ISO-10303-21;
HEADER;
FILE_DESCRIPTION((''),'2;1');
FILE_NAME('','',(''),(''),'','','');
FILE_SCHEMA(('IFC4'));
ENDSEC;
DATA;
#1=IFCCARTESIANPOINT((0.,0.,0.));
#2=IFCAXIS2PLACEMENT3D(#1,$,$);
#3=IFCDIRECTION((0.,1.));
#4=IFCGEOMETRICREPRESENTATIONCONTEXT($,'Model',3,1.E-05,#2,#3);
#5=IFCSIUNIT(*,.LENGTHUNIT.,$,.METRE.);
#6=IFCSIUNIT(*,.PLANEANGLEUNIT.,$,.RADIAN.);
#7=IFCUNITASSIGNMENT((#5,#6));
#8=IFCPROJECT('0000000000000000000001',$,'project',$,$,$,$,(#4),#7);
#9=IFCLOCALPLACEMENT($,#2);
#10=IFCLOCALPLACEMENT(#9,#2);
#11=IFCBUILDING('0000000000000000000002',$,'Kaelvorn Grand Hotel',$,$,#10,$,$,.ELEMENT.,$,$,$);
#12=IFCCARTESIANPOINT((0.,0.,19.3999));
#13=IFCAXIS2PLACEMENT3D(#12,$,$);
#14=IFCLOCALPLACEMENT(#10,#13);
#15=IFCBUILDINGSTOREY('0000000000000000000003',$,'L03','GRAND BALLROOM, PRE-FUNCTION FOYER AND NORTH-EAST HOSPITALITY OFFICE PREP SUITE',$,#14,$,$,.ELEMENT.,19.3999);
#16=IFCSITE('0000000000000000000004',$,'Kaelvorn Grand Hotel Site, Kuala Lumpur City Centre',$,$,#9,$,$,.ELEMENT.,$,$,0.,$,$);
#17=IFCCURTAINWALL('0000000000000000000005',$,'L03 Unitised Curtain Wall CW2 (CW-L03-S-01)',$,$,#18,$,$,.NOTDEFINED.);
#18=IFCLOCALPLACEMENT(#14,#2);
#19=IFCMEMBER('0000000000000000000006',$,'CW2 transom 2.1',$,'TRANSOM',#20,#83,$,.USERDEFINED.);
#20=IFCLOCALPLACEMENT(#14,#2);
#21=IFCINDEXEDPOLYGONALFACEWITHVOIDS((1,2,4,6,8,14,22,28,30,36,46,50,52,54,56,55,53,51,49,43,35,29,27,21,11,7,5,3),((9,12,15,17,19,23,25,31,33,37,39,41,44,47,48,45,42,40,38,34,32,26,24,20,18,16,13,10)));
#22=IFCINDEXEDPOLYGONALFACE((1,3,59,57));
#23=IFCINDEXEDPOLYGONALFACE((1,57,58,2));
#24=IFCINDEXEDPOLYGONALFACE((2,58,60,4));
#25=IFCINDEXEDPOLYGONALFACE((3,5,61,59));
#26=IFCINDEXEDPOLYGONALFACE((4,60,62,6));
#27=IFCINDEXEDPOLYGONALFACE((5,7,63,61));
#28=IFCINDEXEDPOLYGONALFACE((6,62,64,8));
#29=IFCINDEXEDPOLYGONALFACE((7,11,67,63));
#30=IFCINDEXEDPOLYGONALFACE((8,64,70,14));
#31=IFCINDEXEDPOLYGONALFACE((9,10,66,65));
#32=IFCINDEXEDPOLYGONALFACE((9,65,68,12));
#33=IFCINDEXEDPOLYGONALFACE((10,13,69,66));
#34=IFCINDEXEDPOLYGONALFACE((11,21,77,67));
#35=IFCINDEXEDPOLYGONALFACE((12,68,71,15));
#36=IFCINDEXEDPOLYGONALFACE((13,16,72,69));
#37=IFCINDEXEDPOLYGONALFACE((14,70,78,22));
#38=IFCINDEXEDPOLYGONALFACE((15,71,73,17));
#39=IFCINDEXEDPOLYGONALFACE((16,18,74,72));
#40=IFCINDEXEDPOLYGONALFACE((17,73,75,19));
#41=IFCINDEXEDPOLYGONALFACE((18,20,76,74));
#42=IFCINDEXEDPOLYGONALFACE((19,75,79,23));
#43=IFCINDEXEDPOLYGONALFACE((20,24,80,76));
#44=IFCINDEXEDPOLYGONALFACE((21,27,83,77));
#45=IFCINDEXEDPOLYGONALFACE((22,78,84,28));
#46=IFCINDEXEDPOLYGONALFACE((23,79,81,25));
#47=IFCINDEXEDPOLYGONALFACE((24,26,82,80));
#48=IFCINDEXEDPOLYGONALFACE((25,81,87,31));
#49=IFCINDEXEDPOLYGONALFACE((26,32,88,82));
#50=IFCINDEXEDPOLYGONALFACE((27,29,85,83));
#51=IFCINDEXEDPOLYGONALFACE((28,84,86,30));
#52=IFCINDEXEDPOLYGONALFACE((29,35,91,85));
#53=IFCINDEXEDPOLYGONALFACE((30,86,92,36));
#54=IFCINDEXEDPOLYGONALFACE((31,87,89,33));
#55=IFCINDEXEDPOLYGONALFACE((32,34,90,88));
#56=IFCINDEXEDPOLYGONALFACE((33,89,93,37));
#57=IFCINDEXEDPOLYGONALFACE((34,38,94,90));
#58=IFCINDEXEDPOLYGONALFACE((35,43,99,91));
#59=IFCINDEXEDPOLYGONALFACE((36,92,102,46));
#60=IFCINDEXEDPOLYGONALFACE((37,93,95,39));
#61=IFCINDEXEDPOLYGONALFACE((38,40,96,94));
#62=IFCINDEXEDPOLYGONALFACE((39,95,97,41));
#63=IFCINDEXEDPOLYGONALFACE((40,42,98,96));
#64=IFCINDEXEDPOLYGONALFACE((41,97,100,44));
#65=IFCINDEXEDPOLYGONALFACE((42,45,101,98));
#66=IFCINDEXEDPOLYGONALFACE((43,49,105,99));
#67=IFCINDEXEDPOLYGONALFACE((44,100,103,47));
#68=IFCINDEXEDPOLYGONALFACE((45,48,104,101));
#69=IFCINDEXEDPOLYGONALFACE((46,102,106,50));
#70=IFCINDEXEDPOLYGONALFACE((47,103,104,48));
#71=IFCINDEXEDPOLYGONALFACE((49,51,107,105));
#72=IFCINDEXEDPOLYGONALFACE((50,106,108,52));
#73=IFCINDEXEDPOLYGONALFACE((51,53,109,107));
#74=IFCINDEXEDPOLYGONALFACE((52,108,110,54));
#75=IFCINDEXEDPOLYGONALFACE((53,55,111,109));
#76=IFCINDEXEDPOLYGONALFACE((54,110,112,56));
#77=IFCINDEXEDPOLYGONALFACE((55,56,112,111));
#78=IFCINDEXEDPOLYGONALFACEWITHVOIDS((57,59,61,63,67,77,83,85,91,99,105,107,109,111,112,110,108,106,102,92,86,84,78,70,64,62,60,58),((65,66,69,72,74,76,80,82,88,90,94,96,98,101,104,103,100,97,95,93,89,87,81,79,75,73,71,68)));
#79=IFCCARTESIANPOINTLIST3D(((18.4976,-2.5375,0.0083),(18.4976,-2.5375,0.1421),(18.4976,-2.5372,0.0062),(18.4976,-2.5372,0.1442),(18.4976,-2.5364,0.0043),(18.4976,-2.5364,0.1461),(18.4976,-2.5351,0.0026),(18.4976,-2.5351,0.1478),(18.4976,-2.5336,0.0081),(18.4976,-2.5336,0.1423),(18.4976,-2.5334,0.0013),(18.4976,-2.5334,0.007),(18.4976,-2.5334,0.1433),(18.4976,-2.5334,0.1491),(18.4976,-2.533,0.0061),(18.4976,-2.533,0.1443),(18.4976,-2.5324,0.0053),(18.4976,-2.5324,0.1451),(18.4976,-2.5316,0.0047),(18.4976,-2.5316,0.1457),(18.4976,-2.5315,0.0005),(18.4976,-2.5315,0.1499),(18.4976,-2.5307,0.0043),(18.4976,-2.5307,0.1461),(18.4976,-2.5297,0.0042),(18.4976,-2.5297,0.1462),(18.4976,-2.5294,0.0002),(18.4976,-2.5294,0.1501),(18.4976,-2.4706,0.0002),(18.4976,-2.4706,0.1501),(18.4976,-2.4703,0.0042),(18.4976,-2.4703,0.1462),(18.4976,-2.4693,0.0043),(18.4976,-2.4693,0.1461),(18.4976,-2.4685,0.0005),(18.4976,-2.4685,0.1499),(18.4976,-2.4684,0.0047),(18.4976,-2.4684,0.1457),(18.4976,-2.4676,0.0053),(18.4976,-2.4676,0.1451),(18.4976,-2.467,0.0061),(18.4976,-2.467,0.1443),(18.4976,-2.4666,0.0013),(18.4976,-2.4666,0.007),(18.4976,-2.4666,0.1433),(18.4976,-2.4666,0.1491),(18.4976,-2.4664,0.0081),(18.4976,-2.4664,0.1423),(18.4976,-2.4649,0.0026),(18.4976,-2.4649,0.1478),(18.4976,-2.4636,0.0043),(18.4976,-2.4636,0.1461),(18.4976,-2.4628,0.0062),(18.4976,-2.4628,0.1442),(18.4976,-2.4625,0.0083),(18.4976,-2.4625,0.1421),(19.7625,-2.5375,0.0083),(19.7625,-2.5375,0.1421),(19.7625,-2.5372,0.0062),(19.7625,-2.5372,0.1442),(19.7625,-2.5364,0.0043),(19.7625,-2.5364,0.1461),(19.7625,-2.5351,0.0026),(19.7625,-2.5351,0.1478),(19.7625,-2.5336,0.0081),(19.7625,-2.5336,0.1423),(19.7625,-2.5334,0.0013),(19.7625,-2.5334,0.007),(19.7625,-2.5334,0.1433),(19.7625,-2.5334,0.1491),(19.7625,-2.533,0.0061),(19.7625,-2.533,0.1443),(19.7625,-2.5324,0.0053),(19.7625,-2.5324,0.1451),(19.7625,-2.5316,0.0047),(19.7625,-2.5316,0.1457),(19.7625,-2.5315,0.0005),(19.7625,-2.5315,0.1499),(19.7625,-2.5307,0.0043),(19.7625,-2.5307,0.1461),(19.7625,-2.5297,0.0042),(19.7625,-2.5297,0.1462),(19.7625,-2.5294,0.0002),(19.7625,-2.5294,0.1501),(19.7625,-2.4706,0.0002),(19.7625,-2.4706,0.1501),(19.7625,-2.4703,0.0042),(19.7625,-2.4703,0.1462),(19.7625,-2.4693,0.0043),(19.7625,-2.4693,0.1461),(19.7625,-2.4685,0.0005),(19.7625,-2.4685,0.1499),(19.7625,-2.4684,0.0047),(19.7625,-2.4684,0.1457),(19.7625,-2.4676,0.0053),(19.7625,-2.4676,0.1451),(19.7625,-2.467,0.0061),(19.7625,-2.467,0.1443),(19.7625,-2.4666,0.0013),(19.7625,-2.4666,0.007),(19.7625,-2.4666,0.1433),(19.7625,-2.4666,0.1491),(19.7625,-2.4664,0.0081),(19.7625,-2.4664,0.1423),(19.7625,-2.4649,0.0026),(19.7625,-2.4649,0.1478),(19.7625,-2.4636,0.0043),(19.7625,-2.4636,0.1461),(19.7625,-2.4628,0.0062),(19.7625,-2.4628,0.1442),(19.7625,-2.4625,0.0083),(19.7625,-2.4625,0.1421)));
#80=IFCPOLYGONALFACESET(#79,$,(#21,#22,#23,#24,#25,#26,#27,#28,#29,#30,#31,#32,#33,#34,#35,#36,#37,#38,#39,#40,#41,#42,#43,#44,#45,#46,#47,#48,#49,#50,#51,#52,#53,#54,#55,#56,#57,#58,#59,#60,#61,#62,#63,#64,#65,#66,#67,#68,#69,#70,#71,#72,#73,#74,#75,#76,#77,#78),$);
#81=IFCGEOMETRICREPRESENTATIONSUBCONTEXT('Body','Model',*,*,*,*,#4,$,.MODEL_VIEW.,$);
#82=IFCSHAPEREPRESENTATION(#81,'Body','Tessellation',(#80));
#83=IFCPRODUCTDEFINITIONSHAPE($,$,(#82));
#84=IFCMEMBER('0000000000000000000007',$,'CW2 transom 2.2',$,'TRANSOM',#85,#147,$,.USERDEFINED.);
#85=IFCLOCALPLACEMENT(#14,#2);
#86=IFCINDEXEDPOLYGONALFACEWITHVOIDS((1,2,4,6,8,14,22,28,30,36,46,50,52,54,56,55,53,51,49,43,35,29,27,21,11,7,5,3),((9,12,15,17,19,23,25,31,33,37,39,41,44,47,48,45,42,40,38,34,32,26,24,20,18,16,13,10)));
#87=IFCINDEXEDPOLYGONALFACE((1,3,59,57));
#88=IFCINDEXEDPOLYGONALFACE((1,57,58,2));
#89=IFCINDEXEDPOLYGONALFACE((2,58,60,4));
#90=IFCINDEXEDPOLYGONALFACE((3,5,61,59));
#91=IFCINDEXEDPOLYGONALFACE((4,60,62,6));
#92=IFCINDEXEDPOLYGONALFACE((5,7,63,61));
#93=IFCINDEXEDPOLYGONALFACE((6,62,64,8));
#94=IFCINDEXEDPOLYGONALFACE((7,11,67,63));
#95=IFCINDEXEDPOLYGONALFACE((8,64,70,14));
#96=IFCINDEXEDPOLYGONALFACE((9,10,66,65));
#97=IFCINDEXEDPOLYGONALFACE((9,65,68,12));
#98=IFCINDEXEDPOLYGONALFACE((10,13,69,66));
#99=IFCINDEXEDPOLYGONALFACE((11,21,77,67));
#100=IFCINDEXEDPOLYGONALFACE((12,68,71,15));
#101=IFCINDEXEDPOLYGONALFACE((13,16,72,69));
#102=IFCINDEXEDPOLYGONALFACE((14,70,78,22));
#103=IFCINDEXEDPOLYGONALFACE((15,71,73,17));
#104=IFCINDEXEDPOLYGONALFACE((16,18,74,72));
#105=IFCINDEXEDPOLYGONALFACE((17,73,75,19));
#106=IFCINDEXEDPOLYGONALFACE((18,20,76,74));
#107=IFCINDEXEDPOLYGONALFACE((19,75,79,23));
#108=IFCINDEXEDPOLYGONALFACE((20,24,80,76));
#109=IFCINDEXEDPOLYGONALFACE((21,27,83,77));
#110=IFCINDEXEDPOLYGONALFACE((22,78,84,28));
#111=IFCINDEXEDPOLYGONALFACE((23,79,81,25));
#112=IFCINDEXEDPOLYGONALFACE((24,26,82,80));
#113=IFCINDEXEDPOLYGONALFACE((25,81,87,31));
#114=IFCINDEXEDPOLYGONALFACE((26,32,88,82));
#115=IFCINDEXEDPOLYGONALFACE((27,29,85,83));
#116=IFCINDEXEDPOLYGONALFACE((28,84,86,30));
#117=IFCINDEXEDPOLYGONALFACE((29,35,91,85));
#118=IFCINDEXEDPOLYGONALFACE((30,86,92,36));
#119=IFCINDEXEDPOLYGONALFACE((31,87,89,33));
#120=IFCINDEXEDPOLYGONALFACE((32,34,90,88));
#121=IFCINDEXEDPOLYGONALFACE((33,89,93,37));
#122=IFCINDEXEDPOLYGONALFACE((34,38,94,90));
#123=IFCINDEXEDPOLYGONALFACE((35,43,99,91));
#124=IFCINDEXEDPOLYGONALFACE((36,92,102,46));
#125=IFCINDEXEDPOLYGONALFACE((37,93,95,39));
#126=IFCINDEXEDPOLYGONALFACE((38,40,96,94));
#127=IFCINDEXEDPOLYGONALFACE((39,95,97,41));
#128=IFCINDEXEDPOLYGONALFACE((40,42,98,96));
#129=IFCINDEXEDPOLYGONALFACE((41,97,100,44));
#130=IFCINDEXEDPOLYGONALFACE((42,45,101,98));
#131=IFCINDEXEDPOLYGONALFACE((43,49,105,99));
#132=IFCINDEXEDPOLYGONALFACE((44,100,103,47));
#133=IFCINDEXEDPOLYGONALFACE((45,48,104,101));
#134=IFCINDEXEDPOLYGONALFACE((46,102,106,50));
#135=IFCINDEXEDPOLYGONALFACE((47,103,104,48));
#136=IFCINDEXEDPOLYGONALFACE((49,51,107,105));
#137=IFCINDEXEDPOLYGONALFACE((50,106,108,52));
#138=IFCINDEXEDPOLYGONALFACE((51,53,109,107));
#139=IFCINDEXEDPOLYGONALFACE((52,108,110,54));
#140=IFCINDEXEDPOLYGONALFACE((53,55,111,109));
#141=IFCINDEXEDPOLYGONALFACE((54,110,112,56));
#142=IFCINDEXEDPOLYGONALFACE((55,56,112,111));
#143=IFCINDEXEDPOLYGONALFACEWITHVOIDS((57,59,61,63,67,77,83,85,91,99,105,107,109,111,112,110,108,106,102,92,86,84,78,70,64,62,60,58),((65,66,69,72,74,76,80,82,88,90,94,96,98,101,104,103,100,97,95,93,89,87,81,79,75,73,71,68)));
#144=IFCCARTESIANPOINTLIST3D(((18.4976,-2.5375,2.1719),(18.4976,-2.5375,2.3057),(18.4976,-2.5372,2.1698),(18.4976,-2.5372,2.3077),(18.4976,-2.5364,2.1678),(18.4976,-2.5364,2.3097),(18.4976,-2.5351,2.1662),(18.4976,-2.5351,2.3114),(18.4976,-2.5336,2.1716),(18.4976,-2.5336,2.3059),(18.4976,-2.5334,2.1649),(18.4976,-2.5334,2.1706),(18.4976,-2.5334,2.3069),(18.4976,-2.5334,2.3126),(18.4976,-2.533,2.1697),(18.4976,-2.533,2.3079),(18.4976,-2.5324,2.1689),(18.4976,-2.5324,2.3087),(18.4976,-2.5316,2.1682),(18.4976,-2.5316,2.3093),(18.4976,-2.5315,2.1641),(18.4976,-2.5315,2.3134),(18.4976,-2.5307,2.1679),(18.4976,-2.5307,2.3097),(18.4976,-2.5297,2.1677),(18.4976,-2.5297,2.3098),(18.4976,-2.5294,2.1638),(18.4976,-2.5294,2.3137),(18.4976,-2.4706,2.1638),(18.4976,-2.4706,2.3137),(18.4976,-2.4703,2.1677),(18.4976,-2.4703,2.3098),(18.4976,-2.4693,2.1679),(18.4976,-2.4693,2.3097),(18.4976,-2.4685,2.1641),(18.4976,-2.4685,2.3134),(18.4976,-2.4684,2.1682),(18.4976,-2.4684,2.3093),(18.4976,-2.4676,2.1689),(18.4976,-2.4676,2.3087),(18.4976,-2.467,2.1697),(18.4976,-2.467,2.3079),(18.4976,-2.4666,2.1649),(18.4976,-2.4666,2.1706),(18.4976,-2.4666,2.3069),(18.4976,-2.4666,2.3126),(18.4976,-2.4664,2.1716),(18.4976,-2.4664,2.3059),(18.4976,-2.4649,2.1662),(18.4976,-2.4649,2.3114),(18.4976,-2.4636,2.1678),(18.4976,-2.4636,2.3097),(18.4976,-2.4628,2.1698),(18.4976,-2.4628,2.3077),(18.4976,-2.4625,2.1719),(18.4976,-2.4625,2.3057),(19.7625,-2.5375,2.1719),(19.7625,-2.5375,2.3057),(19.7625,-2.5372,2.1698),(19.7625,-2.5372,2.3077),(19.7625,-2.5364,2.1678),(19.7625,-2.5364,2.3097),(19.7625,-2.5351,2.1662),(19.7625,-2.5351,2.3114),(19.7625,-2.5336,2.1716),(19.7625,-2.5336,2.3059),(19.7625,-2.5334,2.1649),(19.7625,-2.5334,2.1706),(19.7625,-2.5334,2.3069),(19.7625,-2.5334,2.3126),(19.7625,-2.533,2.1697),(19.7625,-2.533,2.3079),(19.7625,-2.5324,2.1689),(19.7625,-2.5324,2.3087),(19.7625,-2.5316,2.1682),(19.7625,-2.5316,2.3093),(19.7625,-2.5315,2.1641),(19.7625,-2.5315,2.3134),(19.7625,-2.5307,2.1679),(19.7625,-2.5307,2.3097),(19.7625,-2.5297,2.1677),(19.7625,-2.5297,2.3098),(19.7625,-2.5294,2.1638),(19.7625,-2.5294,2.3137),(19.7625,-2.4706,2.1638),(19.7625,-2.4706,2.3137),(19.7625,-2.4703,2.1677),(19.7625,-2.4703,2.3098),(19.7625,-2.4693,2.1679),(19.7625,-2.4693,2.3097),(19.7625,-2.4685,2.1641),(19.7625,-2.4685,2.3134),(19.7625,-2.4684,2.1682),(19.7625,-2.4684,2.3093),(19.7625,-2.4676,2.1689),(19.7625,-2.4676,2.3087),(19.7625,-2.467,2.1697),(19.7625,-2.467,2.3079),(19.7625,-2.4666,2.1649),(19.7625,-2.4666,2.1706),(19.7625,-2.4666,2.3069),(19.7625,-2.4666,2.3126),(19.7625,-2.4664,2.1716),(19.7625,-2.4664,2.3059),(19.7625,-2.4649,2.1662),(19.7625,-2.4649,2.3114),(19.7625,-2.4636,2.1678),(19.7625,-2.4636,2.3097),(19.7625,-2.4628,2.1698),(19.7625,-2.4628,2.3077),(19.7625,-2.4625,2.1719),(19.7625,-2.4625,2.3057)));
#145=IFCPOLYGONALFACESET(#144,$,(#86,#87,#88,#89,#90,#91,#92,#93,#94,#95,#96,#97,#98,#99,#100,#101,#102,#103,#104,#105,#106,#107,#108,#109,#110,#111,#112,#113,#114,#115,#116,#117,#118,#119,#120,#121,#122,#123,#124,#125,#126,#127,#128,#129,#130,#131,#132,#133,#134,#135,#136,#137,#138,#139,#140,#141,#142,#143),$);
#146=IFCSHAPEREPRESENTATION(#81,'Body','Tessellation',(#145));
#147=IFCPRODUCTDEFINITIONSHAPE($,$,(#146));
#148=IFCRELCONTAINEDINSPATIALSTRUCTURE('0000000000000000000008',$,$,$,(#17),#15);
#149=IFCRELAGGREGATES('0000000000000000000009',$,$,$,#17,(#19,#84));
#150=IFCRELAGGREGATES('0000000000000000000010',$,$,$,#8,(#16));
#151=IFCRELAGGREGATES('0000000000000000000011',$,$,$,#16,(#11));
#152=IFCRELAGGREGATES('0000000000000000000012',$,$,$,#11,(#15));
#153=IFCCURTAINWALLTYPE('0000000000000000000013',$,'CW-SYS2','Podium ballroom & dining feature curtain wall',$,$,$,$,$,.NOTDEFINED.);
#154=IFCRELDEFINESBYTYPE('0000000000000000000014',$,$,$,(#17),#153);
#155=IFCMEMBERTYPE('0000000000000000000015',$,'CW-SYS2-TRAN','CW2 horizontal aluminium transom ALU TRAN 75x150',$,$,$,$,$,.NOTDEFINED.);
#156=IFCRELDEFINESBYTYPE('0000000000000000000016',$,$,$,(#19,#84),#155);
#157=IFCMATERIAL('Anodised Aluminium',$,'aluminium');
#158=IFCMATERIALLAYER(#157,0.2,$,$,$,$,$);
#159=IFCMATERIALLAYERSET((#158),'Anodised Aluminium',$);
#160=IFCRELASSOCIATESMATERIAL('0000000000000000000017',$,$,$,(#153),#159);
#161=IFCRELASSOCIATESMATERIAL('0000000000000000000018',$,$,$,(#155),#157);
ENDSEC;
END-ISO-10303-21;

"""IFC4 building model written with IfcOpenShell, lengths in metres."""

from ifc_helpers import new_model, si_unit, direction, frame, origin, origin_2d, place, context, subcontext, project, spatial, hollow_rectangle, extrude, material, layer, layer_set, material_profile, profile_set, type_object, element, aggregate, save


model = new_model("IFC4")

# Units and contexts
model_context = context("Model", 3, precision=1e-05, world=origin(), true_north=direction((0.0, 1.0)))
body_context = subcontext(model_context, "Body", "Model", "MODEL_VIEW")
ifc_project = project(units=[si_unit("LENGTHUNIT", "METRE"), si_unit("PLANEANGLEUNIT", "RADIAN")], contexts=[model_context])

# Site, building, storey
site_placement = place(None, origin())
site = spatial("IfcSite", under=ifc_project, at=site_placement, Name="Kaelvorn Grand Hotel Site, Kuala Lumpur City Centre", CompositionType="ELEMENT", RefElevation=0.0)
building_placement = place(site_placement, origin())
building = spatial("IfcBuilding", under=site, at=building_placement, Name="Kaelvorn Grand Hotel", CompositionType="ELEMENT")
storey_placement = place(building_placement, frame((0.0, 0.0, 19.3999)))
storey = spatial("IfcBuildingStorey", under=building, at=storey_placement, Name="L03", Description="GRAND BALLROOM, PRE-FUNCTION FOYER AND NORTH-EAST HOSPITALITY OFFICE PREP SUITE", CompositionType="ELEMENT", Elevation=19.3999)

# Curtain wall, members
ifc_material_1 = material(Name="Anodised Aluminium", Category="aluminium")
ifc_layer_1 = layer(ifc_material_1, 0.2)
ifc_layer_set_1 = layer_set([ifc_layer_1], Name="Anodised Aluminium")
curtain_wall_type = type_object("IfcCurtainWallType", Name="CW-SYS2", Description="Podium ballroom & dining feature curtain wall", PredefinedType="NOTDEFINED", material=ifc_layer_set_1)
curtain_wall_placement = place(storey_placement, origin())
curtain_wall = element("IfcCurtainWall", 1, at=curtain_wall_placement, inside=storey, type_object=curtain_wall_type, Name="L03 Unitised Curtain Wall CW2 (CW-L03-S-01)", PredefinedType="NOTDEFINED")
ifc_material_profile_1 = material_profile(ifc_material_1, hollow_rectangle(XDim=0.075, YDim=0.1499, WallThickness=0.0039, InnerFilletRadius=0.0039, OuterFilletRadius=0.0081, at=origin_2d()), Name="ALU TRAN 75x150")
ifc_profile_set_1 = profile_set([ifc_material_profile_1], Name="Anodised Aluminium")
member_type_1 = type_object("IfcMemberType", Name="CW-SYS2-TRAN", Description="CW2 horizontal aluminium transom ALU TRAN 75x150", PredefinedType="NOTDEFINED", material=ifc_profile_set_1)
member_1_placement = place(storey_placement, frame((18.4976, -2.5, 0.0752), z_axis=(1.0, 0.0, 0.0), x_axis=(0.0, 1.0, 0.0)))
member_1 = element("IfcMember", 2, at=member_1_placement, type_object=member_type_1, Name="CW2 transom 2.1", ObjectType="TRANSOM", PredefinedType="USERDEFINED", context=body_context, shape_type="SweptSolid", body=[
    extrude(hollow_rectangle(XDim=0.075, YDim=0.1499, WallThickness=0.0039, InnerFilletRadius=0.0039, OuterFilletRadius=0.0081, at=origin_2d()), origin(), (0.0, 0.0, 1.0), 1.2649),
])
member_2_placement = place(storey_placement, frame((18.4976, -2.5, 2.2388), z_axis=(1.0, 0.0, 0.0), x_axis=(0.0, 1.0, 0.0)))
member_2 = element("IfcMember", 3, at=member_2_placement, type_object=member_type_1, Name="CW2 transom 2.2", ObjectType="TRANSOM", PredefinedType="USERDEFINED", context=body_context, shape_type="SweptSolid", body=[
    extrude(hollow_rectangle(XDim=0.075, YDim=0.1499, WallThickness=0.0039, InnerFilletRadius=0.0039, OuterFilletRadius=0.0081, at=origin_2d()), origin(), (0.0, 0.0, 1.0), 1.2649),
])
aggregate(curtain_wall, [member_1, member_2])

save(model, "model.ifc")
